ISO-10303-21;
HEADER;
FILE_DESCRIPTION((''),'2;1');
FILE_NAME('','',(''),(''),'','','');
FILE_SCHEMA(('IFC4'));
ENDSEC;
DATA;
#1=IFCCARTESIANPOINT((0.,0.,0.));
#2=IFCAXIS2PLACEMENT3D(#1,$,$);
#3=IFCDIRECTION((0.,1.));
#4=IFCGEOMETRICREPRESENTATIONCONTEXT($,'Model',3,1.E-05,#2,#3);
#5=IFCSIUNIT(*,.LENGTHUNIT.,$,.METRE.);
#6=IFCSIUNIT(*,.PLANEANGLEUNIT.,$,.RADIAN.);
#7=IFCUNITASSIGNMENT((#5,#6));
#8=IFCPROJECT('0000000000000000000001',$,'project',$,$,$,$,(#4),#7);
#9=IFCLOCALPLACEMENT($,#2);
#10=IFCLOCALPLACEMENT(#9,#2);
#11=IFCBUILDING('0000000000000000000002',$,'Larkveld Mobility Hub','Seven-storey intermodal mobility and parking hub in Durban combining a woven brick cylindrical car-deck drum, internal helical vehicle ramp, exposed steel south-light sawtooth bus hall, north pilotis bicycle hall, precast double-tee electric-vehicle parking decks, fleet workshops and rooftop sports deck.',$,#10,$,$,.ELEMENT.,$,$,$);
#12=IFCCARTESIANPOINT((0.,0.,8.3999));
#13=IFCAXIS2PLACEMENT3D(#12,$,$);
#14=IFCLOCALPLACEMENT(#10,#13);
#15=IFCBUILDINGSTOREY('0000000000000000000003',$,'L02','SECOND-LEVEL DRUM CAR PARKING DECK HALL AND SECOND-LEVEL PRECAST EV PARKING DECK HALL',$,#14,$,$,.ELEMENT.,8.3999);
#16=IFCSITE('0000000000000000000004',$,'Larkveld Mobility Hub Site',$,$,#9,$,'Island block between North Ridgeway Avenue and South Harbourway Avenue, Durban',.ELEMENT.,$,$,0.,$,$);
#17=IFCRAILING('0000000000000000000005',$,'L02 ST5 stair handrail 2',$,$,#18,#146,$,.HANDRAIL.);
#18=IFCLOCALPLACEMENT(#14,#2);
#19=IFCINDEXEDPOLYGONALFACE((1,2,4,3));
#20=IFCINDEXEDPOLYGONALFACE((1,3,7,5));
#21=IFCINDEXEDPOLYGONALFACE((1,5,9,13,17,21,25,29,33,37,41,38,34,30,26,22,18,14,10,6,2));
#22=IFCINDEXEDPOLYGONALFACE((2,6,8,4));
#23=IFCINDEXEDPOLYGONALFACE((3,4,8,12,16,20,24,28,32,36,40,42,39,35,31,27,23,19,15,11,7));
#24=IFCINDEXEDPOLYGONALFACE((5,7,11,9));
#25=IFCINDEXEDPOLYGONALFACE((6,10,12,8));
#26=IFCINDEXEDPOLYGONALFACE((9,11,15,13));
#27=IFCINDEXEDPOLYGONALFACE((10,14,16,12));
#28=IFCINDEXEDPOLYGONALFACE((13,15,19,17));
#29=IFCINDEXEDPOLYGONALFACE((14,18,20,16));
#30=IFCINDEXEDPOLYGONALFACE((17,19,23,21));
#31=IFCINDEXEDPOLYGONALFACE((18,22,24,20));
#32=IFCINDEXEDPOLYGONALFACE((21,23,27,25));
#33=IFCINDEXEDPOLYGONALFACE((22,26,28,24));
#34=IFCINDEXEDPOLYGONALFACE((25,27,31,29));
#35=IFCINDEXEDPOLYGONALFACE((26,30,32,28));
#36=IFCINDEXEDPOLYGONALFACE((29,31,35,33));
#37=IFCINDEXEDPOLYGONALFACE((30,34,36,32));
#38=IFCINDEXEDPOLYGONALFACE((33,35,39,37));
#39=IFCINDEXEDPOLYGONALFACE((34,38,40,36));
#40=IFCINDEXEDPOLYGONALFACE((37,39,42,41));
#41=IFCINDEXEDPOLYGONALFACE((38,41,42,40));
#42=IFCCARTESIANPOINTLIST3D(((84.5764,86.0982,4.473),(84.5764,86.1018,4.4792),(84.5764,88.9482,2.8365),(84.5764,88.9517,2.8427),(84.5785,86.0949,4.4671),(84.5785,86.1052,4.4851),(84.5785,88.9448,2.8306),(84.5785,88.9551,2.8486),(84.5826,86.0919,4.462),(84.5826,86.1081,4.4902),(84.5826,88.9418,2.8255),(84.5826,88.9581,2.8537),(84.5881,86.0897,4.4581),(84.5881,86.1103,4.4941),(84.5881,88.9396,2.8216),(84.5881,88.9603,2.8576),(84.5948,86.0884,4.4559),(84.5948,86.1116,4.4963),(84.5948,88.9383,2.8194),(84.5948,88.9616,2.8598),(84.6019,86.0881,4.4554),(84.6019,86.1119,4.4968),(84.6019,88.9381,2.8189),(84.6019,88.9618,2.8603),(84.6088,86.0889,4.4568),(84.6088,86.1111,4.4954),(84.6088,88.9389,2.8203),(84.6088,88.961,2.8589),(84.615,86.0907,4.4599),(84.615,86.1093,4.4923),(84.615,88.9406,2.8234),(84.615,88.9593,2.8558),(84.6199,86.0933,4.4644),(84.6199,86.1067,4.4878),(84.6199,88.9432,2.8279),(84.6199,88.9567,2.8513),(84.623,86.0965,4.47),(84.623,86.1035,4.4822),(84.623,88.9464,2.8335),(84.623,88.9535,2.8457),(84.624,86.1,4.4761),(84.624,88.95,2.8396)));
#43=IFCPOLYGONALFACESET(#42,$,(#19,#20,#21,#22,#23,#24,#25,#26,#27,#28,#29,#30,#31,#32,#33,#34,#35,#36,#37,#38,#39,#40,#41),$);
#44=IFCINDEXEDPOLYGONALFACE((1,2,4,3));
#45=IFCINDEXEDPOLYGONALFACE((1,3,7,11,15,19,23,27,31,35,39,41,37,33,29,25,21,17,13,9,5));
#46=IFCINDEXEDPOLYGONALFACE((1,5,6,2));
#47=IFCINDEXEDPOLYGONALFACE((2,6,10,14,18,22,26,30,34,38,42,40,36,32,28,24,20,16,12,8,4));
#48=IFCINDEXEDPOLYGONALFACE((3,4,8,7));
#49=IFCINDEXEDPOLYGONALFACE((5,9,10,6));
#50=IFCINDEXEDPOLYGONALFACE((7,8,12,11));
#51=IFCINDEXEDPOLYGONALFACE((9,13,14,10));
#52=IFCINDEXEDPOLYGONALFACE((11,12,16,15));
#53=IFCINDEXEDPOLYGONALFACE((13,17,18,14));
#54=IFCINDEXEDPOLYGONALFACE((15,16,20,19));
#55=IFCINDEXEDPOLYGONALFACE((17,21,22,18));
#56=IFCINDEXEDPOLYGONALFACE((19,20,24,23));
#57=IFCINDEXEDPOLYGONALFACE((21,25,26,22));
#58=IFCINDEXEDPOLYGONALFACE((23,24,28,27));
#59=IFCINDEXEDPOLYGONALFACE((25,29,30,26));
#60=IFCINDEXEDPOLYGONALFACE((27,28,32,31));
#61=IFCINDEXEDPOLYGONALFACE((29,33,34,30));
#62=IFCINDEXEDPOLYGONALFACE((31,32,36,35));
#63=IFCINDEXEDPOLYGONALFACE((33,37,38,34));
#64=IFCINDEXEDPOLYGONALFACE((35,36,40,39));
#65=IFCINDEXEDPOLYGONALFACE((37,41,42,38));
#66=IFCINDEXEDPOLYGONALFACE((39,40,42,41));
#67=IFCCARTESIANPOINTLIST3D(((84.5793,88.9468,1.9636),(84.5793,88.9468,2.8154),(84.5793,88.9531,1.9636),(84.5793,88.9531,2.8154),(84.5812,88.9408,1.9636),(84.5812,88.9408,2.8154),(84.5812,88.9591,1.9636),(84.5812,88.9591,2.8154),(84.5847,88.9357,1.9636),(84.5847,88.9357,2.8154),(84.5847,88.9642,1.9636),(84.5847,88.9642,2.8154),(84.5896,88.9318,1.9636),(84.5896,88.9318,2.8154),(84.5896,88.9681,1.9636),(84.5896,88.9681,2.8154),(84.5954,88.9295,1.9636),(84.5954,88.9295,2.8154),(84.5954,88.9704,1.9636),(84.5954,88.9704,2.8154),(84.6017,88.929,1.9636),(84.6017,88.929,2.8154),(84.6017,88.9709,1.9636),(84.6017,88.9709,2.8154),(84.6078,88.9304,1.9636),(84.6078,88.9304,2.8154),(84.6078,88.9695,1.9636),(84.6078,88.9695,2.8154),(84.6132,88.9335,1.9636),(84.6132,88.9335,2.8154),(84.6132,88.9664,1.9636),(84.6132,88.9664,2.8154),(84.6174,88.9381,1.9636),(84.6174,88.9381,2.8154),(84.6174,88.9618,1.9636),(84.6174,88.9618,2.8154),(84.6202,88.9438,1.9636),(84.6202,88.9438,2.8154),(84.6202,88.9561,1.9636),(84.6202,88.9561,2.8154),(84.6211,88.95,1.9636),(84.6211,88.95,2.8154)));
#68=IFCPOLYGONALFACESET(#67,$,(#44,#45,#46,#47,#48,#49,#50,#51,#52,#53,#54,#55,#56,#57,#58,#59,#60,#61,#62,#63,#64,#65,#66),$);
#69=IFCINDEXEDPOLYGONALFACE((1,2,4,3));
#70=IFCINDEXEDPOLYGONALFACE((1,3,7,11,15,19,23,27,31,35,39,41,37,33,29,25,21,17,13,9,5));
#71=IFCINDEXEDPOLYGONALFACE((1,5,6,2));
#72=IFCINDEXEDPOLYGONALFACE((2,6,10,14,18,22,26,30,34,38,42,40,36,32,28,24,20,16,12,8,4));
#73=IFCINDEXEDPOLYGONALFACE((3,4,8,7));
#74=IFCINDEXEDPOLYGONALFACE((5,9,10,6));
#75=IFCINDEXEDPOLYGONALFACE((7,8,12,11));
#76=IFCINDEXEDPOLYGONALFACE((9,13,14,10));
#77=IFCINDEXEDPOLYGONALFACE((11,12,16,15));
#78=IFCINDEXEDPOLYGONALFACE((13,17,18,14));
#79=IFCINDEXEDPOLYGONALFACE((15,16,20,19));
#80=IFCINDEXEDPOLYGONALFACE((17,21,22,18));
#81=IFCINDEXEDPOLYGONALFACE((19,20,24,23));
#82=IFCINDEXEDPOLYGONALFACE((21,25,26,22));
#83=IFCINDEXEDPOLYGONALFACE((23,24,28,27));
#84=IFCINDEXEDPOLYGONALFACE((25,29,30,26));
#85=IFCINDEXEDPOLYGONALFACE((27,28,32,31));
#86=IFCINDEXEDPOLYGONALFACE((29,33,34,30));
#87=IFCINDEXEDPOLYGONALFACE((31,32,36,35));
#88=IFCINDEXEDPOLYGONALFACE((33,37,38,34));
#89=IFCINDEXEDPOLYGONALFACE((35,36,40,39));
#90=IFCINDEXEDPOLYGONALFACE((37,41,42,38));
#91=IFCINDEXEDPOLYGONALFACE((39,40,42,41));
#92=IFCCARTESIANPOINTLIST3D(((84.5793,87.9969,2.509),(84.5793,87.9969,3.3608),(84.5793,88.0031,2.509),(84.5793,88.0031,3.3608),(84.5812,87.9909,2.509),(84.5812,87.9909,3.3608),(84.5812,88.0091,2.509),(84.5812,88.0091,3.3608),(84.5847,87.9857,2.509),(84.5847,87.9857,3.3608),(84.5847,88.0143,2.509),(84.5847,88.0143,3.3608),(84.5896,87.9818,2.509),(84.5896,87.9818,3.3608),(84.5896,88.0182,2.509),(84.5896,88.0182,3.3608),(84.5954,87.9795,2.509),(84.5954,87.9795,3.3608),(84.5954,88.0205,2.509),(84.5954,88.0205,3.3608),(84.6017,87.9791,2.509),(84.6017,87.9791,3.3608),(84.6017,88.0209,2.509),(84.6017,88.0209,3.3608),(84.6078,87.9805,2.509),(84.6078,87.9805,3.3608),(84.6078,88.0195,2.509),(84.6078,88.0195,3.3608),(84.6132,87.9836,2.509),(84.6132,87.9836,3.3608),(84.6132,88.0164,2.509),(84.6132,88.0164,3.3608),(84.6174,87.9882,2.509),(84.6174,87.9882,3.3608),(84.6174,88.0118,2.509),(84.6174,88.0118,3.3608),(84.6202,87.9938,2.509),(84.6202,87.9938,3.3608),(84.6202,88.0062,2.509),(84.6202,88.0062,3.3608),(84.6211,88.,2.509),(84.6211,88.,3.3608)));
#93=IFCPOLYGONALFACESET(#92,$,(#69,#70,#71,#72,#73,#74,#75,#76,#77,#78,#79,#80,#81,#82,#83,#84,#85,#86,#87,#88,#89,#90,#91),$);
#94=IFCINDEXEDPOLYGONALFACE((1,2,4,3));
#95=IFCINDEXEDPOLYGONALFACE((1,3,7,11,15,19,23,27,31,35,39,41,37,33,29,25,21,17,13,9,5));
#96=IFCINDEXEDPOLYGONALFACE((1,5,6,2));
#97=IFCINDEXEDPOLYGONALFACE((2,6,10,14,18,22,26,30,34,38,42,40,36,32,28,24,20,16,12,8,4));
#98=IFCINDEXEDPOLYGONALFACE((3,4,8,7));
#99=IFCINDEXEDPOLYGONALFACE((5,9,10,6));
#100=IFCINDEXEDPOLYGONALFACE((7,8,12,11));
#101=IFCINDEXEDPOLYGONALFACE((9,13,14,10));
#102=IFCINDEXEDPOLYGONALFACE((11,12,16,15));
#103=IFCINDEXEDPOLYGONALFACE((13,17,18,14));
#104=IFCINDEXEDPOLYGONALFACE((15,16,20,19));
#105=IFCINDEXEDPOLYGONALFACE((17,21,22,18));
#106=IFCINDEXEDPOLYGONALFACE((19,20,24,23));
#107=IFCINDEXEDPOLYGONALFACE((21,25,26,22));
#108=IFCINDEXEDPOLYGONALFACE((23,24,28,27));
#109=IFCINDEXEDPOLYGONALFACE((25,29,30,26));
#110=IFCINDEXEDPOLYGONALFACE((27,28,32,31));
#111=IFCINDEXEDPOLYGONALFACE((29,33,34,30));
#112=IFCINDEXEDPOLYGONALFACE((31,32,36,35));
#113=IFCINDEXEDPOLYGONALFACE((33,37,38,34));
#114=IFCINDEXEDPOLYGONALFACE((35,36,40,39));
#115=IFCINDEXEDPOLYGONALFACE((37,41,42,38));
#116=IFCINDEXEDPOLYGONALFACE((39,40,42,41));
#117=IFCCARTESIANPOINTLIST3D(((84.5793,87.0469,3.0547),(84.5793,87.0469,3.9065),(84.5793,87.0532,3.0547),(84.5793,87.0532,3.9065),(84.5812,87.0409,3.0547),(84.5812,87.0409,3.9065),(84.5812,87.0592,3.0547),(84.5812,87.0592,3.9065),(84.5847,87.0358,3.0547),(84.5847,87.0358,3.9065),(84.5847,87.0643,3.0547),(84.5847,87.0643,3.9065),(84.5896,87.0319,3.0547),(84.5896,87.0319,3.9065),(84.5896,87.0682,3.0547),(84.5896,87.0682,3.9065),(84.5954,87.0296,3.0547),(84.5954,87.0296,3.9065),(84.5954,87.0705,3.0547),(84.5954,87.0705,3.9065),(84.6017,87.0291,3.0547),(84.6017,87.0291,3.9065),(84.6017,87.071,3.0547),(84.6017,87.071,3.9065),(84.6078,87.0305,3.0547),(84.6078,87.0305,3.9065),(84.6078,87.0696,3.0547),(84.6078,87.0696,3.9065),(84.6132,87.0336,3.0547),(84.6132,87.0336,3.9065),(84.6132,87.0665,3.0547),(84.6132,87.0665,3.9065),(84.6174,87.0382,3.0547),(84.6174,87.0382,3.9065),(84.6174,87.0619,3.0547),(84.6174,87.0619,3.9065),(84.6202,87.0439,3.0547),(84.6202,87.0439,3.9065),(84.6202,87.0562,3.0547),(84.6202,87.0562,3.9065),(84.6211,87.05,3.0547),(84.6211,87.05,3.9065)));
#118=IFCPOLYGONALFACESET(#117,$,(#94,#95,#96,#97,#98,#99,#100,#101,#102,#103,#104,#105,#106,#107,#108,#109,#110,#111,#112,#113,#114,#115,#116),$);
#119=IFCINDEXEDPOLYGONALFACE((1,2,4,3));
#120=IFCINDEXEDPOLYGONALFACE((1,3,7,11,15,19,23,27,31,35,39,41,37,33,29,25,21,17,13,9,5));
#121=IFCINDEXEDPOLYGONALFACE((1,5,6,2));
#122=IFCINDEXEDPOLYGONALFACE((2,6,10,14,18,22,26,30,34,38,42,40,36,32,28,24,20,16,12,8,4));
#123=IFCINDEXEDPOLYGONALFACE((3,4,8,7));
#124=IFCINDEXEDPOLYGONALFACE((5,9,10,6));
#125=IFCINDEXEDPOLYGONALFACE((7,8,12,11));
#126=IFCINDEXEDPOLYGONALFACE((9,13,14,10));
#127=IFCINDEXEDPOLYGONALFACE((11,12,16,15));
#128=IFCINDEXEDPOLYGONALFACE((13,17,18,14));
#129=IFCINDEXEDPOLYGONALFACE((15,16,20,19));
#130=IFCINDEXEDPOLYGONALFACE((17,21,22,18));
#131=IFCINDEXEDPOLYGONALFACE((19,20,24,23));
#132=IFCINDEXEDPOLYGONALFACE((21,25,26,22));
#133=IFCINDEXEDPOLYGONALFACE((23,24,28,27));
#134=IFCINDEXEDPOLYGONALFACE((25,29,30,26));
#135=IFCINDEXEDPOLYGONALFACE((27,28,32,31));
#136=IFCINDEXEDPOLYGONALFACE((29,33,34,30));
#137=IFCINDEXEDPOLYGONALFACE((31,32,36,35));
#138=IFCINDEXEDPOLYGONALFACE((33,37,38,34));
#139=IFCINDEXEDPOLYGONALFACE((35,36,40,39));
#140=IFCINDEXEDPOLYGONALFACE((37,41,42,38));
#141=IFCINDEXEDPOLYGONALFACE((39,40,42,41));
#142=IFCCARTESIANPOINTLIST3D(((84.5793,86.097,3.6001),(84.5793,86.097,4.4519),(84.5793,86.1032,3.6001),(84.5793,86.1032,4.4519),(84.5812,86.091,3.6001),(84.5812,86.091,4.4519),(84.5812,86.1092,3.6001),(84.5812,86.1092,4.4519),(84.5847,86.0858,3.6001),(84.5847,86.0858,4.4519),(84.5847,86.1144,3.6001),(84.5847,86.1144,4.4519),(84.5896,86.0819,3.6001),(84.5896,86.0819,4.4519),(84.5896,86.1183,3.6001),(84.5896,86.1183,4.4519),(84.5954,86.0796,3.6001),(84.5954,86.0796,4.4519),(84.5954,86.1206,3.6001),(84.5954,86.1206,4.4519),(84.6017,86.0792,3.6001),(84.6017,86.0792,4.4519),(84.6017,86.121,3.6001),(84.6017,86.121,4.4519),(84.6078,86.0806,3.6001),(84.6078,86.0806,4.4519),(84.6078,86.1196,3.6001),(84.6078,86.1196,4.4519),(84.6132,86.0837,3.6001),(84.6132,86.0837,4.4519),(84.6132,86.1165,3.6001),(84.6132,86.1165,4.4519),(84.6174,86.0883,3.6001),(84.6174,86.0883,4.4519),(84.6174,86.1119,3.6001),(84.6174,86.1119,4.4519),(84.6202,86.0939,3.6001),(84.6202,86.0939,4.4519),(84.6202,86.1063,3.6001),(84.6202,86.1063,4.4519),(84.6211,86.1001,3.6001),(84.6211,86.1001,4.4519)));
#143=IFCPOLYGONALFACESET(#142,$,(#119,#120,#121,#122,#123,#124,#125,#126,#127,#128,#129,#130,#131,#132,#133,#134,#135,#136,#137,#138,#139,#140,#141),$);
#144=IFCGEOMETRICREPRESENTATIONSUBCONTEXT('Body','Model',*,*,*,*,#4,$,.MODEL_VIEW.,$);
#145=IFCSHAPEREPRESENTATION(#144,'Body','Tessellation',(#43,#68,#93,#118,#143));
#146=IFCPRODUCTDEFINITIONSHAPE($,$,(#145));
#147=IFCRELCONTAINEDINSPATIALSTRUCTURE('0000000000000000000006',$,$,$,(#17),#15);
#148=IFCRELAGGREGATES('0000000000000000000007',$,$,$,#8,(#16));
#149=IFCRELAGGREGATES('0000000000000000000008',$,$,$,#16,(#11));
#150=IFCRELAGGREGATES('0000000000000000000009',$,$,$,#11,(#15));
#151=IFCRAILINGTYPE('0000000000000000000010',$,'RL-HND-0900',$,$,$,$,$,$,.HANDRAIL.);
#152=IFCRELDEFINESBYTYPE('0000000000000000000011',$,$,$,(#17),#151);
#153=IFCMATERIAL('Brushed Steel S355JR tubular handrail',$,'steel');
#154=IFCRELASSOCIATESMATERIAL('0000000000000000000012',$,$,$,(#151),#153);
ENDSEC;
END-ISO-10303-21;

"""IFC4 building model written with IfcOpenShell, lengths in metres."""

from ifc_helpers import new_model, si_unit, direction, frame, origin, origin_2d, place, context, subcontext, project, spatial, circle, extrude, material, type_object, element, save


model = new_model("IFC4")

# Units and contexts
model_context = context("Model", 3, precision=1e-05, world=origin(), true_north=direction((0.0, 1.0)))
body_context = subcontext(model_context, "Body", "Model", "MODEL_VIEW")
ifc_project = project(units=[si_unit("LENGTHUNIT", "METRE"), si_unit("PLANEANGLEUNIT", "RADIAN")], contexts=[model_context])

# Site, building, storey
site_placement = place(None, origin())
site = spatial("IfcSite", under=ifc_project, at=site_placement, Name="Larkveld Mobility Hub Site", LongName="Island block between North Ridgeway Avenue and South Harbourway Avenue, Durban", CompositionType="ELEMENT", RefElevation=0.0)
building_placement = place(site_placement, origin())
building = spatial("IfcBuilding", under=site, at=building_placement, Name="Larkveld Mobility Hub", Description="Seven-storey intermodal mobility and parking hub in Durban combining a woven brick cylindrical car-deck drum, internal helical vehicle ramp, exposed steel south-light sawtooth bus hall, north pilotis bicycle hall, precast double-tee electric-vehicle parking decks, fleet workshops and rooftop sports deck.", CompositionType="ELEMENT")
storey_placement = place(building_placement, frame((0.0, 0.0, 8.3999)))
storey = spatial("IfcBuildingStorey", under=building, at=storey_placement, Name="L02", Description="SECOND-LEVEL DRUM CAR PARKING DECK HALL AND SECOND-LEVEL PRECAST EV PARKING DECK HALL", CompositionType="ELEMENT", Elevation=8.3999)

# Railing
ifc_material_1 = material(Name="Brushed Steel S355JR tubular handrail", Category="steel")
railing_type_1 = type_object("IfcRailingType", Name="RL-HND-0900", PredefinedType="HANDRAIL", material=ifc_material_1)
railing_1_placement = place(storey_placement, frame((84.6001, 88.95, 1.9636)))
element("IfcRailing", 1, at=railing_1_placement, inside=storey, type_object=railing_type_1, Name="L02 ST5 stair handrail 2", PredefinedType="HANDRAIL", context=body_context, shape_type="SweptSolid", body=[
    extrude(circle(Radius=0.0239, at=origin_2d()), frame((0.0, 0.0, 0.876), z_axis=(0.0, -0.867194, 0.49797), x_axis=(1.0, 0.0, 0.0)), (0.0, 0.0, 1.0), 3.2864),
    extrude(circle(Radius=0.021, at=origin_2d()), origin(), (0.0, 0.0, 1.0), 0.8518),
    extrude(circle(Radius=0.021, at=origin_2d()), frame((0.0, -0.95, 0.5454)), (0.0, 0.0, 1.0), 0.8518),
    extrude(circle(Radius=0.021, at=origin_2d()), frame((0.0, -1.8999, 1.0911)), (0.0, 0.0, 1.0), 0.8518),
    extrude(circle(Radius=0.021, at=origin_2d()), frame((0.0, -2.8499, 1.6365)), (0.0, 0.0, 1.0), 0.8518),
])

save(model, "model.ifc")
